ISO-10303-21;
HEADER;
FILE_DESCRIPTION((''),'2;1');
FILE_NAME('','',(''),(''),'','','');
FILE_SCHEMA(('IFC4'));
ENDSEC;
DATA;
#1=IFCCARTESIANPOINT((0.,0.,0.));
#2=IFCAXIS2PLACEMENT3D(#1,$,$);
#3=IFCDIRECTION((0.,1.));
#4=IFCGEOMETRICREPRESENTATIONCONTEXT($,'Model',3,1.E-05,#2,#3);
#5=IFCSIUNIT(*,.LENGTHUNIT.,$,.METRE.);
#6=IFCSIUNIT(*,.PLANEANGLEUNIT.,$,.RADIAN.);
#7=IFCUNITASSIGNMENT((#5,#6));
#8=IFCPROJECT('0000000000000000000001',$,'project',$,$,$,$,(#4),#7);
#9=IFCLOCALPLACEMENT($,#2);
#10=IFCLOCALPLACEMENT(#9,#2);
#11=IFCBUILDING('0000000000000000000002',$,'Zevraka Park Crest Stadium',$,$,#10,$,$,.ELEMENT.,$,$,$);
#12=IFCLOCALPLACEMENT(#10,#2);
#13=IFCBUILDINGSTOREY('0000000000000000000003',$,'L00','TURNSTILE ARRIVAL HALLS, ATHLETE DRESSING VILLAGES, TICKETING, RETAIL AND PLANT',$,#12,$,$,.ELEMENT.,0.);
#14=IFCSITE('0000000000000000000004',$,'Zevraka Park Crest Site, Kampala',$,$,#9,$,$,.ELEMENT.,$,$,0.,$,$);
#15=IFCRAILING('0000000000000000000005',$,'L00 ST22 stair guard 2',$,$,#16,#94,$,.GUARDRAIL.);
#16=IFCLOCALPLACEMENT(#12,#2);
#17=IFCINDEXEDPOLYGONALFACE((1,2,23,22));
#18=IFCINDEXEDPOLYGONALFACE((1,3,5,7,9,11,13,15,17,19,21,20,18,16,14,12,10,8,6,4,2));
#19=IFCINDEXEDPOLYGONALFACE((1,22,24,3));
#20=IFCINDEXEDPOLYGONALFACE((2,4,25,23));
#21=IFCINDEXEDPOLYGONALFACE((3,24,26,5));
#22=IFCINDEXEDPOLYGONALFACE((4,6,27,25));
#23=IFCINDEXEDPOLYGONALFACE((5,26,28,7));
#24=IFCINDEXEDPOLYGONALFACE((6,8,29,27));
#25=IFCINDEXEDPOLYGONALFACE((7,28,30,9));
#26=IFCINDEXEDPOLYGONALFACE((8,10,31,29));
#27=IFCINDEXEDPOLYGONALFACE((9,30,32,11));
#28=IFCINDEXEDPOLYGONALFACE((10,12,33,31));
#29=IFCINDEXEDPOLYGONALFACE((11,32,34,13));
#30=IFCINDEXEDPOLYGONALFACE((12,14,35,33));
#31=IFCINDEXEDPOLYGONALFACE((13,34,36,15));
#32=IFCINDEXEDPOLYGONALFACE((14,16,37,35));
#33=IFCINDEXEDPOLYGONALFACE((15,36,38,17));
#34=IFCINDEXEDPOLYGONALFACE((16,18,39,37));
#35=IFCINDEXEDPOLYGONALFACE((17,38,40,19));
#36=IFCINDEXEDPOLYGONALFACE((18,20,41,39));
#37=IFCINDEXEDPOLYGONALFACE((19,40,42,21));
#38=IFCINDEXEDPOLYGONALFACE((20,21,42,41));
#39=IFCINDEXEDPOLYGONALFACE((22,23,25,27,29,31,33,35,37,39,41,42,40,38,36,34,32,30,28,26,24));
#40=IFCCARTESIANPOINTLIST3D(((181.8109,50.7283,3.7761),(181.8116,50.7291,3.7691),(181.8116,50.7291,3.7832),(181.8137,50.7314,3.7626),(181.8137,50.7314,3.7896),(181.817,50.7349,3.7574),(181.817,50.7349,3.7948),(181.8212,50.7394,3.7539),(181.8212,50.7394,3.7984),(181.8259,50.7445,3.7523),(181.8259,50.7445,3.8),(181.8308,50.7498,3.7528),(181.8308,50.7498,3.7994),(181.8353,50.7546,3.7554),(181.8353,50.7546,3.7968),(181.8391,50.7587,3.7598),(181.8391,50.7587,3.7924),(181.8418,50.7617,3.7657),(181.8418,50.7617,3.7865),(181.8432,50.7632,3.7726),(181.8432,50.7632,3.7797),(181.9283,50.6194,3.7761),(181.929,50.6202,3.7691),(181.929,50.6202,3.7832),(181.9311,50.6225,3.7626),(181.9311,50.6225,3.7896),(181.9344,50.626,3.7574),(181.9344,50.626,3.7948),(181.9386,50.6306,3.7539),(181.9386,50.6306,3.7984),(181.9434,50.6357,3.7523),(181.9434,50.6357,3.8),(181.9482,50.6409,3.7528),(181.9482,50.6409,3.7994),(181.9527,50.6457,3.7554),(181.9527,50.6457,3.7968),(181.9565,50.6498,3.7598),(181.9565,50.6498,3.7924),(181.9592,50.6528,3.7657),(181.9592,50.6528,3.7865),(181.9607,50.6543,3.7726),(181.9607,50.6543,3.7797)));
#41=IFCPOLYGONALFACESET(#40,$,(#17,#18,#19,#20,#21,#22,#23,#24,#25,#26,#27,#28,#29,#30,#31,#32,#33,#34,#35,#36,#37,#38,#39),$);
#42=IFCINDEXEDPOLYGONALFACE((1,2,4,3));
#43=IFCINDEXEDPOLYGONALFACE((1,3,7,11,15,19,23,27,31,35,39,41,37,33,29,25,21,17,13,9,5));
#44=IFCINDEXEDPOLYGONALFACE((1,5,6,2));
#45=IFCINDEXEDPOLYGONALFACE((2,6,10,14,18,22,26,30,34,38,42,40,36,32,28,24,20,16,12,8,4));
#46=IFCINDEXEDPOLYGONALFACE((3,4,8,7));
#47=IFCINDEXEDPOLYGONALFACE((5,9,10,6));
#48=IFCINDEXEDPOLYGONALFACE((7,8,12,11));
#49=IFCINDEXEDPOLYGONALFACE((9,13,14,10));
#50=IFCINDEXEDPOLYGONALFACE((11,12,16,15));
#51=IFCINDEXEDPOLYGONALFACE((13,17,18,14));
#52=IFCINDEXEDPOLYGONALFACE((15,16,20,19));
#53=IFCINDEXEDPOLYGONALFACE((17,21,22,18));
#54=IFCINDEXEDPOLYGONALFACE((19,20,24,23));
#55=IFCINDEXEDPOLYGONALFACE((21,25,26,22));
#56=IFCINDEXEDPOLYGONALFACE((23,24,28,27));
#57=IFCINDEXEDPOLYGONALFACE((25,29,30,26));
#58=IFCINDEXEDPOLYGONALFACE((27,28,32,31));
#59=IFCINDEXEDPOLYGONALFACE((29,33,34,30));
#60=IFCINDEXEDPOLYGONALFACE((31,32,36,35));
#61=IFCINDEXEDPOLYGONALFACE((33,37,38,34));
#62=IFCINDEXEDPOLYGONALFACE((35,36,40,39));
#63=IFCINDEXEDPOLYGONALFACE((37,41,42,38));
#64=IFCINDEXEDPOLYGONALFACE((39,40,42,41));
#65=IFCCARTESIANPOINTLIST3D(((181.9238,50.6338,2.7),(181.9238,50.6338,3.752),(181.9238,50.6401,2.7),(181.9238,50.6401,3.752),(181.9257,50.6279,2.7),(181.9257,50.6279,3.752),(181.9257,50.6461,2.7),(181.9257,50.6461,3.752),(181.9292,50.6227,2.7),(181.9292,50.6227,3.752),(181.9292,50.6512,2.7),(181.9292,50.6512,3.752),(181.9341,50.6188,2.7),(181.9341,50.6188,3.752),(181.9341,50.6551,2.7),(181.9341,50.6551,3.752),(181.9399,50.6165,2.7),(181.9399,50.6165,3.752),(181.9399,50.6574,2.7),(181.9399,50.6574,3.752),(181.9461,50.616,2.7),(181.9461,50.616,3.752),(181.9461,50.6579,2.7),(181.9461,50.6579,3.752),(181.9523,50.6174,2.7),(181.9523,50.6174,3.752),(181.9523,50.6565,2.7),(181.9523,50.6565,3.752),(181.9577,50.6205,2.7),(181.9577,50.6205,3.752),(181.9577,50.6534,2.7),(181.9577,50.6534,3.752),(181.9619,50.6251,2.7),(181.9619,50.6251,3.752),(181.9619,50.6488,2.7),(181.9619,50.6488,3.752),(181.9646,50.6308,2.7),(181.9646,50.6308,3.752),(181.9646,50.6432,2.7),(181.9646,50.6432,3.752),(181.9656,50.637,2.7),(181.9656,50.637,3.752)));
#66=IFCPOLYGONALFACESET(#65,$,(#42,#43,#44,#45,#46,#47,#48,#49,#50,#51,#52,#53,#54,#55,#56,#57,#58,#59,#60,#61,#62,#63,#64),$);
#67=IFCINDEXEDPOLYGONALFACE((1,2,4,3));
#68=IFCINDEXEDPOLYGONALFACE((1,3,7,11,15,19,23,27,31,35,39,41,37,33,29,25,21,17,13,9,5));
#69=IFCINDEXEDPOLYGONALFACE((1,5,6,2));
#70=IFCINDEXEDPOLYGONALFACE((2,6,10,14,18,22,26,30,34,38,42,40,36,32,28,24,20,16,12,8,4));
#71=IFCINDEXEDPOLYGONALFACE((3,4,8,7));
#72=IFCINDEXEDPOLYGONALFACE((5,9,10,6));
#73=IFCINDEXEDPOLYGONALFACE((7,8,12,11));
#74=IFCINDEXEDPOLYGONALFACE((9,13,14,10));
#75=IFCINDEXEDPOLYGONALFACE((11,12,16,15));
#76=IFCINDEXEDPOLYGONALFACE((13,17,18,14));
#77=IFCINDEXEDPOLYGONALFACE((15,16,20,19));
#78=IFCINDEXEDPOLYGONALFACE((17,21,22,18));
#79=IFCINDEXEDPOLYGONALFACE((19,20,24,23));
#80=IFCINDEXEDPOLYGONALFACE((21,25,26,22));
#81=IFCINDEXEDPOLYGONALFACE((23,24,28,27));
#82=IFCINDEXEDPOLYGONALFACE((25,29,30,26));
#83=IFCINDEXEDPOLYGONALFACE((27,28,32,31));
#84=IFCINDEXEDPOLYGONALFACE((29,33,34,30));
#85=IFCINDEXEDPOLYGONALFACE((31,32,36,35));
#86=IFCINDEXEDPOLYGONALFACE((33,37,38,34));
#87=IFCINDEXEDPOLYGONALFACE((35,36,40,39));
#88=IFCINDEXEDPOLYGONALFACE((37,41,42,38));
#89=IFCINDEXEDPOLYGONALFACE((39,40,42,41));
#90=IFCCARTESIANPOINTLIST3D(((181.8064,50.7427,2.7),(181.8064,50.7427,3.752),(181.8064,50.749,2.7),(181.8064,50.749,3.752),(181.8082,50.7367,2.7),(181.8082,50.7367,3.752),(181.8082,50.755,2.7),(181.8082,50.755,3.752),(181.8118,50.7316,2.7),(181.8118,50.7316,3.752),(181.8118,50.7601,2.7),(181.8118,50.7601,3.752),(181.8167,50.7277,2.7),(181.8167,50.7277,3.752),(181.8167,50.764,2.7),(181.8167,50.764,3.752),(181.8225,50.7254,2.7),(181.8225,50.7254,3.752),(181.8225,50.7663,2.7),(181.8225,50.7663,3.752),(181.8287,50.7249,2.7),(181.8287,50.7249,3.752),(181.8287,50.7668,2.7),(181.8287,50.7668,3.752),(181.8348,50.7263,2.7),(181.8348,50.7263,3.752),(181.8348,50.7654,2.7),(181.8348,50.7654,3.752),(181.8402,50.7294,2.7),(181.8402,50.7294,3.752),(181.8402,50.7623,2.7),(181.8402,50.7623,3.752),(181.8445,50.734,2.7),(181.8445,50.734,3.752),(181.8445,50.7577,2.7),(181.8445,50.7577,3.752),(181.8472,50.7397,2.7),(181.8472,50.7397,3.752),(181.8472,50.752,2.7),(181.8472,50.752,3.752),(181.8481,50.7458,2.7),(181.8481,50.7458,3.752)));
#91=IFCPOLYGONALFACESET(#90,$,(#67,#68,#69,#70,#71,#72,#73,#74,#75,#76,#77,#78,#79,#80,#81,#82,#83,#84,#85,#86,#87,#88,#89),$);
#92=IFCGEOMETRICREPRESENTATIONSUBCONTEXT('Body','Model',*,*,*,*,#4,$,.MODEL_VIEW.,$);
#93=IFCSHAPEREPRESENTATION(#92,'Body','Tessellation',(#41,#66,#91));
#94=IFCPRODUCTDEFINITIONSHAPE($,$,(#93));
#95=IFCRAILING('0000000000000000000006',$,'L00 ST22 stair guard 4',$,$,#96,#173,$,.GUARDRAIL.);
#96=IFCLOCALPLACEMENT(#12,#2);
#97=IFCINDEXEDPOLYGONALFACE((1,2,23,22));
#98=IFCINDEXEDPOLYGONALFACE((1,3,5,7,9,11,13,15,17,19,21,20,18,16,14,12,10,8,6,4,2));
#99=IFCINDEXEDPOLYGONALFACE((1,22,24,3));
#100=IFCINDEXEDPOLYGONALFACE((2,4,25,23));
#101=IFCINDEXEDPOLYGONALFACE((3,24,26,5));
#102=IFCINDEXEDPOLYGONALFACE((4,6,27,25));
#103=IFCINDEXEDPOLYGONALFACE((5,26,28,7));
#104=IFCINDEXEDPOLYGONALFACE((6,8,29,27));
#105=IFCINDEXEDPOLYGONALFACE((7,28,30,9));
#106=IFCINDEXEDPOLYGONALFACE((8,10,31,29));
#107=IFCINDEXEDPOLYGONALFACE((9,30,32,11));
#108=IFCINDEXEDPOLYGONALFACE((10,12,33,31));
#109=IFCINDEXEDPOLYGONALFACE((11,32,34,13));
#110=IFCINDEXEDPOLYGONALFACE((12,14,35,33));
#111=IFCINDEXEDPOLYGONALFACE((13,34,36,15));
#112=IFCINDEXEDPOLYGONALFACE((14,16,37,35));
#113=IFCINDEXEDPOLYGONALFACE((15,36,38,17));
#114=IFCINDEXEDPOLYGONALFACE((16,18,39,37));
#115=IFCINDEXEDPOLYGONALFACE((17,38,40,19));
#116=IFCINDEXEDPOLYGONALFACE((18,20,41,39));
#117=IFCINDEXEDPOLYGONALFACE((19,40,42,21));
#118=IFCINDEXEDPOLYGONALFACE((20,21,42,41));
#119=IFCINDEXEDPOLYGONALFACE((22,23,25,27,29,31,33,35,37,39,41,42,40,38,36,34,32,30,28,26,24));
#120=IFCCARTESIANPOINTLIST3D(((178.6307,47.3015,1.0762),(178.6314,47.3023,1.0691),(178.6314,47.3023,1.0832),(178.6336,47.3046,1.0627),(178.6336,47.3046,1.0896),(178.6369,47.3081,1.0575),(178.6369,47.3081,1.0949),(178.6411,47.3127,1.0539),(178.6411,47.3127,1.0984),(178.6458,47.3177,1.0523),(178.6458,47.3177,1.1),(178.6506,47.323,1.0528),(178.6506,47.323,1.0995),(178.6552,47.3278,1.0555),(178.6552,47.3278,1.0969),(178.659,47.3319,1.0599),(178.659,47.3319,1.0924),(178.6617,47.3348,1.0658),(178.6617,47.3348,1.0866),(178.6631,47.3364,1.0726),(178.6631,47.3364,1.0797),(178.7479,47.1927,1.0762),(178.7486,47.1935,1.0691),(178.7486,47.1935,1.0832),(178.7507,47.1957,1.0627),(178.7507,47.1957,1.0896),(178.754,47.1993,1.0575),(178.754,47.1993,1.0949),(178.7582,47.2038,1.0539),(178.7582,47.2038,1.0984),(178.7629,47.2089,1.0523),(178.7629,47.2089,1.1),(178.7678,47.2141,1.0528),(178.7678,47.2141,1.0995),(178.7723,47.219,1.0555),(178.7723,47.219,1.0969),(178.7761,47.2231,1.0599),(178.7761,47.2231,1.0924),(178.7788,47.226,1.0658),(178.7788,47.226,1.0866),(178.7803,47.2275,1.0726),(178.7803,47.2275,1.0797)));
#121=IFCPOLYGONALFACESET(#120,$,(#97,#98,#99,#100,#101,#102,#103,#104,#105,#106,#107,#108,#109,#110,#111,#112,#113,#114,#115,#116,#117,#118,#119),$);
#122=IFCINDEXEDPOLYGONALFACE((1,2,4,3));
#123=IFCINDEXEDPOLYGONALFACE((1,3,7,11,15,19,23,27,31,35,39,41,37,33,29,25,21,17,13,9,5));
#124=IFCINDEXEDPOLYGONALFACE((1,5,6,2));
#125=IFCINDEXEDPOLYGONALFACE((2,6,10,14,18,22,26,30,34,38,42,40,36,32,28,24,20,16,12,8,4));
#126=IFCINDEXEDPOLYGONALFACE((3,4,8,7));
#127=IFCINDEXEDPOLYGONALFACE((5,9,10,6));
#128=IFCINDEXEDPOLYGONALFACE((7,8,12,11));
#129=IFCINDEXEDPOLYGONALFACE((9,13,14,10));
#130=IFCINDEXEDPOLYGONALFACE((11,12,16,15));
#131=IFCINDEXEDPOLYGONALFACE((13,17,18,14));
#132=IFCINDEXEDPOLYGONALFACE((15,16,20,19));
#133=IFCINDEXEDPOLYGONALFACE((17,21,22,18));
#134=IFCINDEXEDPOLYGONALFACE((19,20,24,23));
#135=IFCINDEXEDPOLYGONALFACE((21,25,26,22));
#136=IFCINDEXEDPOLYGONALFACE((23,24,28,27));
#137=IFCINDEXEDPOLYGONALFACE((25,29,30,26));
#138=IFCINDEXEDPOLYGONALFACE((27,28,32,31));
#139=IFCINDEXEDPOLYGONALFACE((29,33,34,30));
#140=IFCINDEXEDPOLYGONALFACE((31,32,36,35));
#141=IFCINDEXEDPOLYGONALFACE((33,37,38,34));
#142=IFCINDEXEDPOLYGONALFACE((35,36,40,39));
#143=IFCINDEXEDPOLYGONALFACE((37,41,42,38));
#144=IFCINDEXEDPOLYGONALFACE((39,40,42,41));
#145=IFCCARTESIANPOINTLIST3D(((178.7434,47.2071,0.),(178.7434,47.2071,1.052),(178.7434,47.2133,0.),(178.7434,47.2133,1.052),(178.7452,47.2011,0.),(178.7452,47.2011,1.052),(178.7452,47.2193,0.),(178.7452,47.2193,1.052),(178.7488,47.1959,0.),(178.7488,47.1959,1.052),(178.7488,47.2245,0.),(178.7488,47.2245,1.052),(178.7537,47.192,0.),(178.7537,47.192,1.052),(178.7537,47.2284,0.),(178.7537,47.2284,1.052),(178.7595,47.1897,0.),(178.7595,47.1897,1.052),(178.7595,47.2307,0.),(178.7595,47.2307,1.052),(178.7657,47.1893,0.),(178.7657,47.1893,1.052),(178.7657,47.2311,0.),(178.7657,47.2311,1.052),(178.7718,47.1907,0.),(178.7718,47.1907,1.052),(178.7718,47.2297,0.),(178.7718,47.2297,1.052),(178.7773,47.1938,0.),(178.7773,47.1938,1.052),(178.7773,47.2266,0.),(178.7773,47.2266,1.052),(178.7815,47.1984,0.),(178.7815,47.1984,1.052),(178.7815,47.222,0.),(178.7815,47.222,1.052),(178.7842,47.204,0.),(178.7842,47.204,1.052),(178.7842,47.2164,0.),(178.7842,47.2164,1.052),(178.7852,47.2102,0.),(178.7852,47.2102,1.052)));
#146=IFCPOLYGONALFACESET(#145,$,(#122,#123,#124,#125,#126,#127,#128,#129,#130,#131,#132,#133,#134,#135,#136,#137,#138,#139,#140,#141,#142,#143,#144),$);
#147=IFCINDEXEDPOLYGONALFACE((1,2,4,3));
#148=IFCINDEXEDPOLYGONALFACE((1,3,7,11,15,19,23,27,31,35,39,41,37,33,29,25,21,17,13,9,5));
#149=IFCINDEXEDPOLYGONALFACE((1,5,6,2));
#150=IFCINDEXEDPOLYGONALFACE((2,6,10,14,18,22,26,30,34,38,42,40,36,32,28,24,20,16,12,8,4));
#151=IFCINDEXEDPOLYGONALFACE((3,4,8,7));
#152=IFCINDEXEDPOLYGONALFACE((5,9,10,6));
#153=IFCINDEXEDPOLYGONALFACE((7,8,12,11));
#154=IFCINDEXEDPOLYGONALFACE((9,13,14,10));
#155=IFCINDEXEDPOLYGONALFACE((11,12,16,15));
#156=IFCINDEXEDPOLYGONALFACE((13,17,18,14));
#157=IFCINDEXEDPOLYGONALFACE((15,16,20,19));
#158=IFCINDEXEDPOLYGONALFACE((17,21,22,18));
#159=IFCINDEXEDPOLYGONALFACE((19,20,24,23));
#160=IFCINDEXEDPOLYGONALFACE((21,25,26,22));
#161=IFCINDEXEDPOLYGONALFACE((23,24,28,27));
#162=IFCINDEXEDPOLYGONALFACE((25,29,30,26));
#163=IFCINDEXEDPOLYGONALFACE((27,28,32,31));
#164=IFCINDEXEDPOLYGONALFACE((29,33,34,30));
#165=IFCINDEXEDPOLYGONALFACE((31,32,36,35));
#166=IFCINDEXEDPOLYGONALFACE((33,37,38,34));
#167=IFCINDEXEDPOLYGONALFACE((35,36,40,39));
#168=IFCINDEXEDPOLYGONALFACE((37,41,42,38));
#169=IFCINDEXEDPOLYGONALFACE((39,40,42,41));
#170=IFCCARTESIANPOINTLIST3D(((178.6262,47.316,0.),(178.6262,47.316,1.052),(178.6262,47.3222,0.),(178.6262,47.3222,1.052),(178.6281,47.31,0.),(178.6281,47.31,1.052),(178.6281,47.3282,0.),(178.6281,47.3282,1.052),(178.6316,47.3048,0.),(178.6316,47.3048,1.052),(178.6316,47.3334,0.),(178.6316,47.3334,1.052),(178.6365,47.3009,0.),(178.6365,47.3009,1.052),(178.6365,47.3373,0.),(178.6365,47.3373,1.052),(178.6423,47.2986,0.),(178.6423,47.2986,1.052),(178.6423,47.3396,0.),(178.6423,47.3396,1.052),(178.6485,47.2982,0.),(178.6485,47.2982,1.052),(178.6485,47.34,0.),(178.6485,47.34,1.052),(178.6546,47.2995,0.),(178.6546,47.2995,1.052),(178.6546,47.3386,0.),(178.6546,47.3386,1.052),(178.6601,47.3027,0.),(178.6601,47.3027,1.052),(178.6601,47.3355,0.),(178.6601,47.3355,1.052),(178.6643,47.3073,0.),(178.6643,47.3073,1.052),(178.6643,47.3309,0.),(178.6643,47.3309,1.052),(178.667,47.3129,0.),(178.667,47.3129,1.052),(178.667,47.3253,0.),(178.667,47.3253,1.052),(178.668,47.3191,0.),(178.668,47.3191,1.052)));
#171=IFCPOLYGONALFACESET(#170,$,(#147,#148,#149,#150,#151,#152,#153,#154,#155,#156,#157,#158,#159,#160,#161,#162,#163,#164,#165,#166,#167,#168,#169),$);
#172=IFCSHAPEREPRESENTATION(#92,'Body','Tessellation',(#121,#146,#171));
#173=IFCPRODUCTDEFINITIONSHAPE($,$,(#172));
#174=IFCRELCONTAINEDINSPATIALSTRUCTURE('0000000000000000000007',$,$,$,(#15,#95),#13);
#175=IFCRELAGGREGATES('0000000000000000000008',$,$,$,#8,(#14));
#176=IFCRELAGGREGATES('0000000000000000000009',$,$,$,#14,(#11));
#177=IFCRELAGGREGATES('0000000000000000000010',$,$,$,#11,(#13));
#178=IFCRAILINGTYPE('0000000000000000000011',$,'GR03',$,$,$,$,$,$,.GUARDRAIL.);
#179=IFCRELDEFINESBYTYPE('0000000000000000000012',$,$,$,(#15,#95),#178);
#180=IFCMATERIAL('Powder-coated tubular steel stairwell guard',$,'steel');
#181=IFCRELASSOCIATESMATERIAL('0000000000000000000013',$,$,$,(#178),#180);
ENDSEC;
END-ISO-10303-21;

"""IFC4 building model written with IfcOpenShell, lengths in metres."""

from ifc_helpers import new_model, si_unit, direction, frame, origin, origin_2d, place, context, subcontext, project, spatial, circle, extrude, material, type_object, element, save


model = new_model("IFC4")

# Units and contexts
model_context = context("Model", 3, precision=1e-05, world=origin(), true_north=direction((0.0, 1.0)))
body_context = subcontext(model_context, "Body", "Model", "MODEL_VIEW")
ifc_project = project(units=[si_unit("LENGTHUNIT", "METRE"), si_unit("PLANEANGLEUNIT", "RADIAN")], contexts=[model_context])

# Site, building, storey
site_placement = place(None, origin())
site = spatial("IfcSite", under=ifc_project, at=site_placement, Name="Zevraka Park Crest Site, Kampala", CompositionType="ELEMENT", RefElevation=0.0)
building_placement = place(site_placement, origin())
building = spatial("IfcBuilding", under=site, at=building_placement, Name="Zevraka Park Crest Stadium", CompositionType="ELEMENT")
storey_placement = place(building_placement, origin())
storey = spatial("IfcBuildingStorey", under=building, at=storey_placement, Name="L00", Description="TURNSTILE ARRIVAL HALLS, ATHLETE DRESSING VILLAGES, TICKETING, RETAIL AND PLANT", CompositionType="ELEMENT", Elevation=0.0)

# Railings
ifc_material_1 = material(Name="Powder-coated tubular steel stairwell guard", Category="steel")
railing_type_1 = type_object("IfcRailingType", Name="GR03", PredefinedType="GUARDRAIL", material=ifc_material_1)
railing_1_placement = place(storey_placement, frame((181.9446, 50.637, 2.7)))
element("IfcRailing", 1, at=railing_1_placement, inside=storey, type_object=railing_type_1, Name="L00 ST22 stair guard 2", PredefinedType="GUARDRAIL", context=body_context, shape_type="SweptSolid", body=[
    extrude(circle(Radius=0.0239, at=origin_2d()), frame((0.0, 0.0, 1.0762), z_axis=(-0.733282, 0.679925, 0.0), x_axis=(-0.679925, -0.733282, 0.0)), (0.0, 0.0, 1.0), 0.1602),
    extrude(circle(Radius=0.021, at=origin_2d()), origin(), (0.0, 0.0, 1.0), 1.052),
    extrude(circle(Radius=0.021, at=origin_2d()), frame((-0.1174, 0.1089, 0.0)), (0.0, 0.0, 1.0), 1.052),
])
railing_2_placement = place(storey_placement, frame((178.7642, 47.2102, 0.0)))
element("IfcRailing", 2, at=railing_2_placement, inside=storey, type_object=railing_type_1, Name="L00 ST22 stair guard 4", PredefinedType="GUARDRAIL", context=body_context, shape_type="SweptSolid", body=[
    extrude(circle(Radius=0.0239, at=origin_2d()), frame((0.0, 0.0, 1.0762), z_axis=(-0.732576, 0.680685, 0.0), x_axis=(-0.680685, -0.732576, 0.0)), (0.0, 0.0, 1.0), 0.1599),
    extrude(circle(Radius=0.021, at=origin_2d()), origin(), (0.0, 0.0, 1.0), 1.052),
    extrude(circle(Radius=0.021, at=origin_2d()), frame((-0.1172, 0.1089, 0.0)), (0.0, 0.0, 1.0), 1.052),
])

save(model, "model.ifc")
